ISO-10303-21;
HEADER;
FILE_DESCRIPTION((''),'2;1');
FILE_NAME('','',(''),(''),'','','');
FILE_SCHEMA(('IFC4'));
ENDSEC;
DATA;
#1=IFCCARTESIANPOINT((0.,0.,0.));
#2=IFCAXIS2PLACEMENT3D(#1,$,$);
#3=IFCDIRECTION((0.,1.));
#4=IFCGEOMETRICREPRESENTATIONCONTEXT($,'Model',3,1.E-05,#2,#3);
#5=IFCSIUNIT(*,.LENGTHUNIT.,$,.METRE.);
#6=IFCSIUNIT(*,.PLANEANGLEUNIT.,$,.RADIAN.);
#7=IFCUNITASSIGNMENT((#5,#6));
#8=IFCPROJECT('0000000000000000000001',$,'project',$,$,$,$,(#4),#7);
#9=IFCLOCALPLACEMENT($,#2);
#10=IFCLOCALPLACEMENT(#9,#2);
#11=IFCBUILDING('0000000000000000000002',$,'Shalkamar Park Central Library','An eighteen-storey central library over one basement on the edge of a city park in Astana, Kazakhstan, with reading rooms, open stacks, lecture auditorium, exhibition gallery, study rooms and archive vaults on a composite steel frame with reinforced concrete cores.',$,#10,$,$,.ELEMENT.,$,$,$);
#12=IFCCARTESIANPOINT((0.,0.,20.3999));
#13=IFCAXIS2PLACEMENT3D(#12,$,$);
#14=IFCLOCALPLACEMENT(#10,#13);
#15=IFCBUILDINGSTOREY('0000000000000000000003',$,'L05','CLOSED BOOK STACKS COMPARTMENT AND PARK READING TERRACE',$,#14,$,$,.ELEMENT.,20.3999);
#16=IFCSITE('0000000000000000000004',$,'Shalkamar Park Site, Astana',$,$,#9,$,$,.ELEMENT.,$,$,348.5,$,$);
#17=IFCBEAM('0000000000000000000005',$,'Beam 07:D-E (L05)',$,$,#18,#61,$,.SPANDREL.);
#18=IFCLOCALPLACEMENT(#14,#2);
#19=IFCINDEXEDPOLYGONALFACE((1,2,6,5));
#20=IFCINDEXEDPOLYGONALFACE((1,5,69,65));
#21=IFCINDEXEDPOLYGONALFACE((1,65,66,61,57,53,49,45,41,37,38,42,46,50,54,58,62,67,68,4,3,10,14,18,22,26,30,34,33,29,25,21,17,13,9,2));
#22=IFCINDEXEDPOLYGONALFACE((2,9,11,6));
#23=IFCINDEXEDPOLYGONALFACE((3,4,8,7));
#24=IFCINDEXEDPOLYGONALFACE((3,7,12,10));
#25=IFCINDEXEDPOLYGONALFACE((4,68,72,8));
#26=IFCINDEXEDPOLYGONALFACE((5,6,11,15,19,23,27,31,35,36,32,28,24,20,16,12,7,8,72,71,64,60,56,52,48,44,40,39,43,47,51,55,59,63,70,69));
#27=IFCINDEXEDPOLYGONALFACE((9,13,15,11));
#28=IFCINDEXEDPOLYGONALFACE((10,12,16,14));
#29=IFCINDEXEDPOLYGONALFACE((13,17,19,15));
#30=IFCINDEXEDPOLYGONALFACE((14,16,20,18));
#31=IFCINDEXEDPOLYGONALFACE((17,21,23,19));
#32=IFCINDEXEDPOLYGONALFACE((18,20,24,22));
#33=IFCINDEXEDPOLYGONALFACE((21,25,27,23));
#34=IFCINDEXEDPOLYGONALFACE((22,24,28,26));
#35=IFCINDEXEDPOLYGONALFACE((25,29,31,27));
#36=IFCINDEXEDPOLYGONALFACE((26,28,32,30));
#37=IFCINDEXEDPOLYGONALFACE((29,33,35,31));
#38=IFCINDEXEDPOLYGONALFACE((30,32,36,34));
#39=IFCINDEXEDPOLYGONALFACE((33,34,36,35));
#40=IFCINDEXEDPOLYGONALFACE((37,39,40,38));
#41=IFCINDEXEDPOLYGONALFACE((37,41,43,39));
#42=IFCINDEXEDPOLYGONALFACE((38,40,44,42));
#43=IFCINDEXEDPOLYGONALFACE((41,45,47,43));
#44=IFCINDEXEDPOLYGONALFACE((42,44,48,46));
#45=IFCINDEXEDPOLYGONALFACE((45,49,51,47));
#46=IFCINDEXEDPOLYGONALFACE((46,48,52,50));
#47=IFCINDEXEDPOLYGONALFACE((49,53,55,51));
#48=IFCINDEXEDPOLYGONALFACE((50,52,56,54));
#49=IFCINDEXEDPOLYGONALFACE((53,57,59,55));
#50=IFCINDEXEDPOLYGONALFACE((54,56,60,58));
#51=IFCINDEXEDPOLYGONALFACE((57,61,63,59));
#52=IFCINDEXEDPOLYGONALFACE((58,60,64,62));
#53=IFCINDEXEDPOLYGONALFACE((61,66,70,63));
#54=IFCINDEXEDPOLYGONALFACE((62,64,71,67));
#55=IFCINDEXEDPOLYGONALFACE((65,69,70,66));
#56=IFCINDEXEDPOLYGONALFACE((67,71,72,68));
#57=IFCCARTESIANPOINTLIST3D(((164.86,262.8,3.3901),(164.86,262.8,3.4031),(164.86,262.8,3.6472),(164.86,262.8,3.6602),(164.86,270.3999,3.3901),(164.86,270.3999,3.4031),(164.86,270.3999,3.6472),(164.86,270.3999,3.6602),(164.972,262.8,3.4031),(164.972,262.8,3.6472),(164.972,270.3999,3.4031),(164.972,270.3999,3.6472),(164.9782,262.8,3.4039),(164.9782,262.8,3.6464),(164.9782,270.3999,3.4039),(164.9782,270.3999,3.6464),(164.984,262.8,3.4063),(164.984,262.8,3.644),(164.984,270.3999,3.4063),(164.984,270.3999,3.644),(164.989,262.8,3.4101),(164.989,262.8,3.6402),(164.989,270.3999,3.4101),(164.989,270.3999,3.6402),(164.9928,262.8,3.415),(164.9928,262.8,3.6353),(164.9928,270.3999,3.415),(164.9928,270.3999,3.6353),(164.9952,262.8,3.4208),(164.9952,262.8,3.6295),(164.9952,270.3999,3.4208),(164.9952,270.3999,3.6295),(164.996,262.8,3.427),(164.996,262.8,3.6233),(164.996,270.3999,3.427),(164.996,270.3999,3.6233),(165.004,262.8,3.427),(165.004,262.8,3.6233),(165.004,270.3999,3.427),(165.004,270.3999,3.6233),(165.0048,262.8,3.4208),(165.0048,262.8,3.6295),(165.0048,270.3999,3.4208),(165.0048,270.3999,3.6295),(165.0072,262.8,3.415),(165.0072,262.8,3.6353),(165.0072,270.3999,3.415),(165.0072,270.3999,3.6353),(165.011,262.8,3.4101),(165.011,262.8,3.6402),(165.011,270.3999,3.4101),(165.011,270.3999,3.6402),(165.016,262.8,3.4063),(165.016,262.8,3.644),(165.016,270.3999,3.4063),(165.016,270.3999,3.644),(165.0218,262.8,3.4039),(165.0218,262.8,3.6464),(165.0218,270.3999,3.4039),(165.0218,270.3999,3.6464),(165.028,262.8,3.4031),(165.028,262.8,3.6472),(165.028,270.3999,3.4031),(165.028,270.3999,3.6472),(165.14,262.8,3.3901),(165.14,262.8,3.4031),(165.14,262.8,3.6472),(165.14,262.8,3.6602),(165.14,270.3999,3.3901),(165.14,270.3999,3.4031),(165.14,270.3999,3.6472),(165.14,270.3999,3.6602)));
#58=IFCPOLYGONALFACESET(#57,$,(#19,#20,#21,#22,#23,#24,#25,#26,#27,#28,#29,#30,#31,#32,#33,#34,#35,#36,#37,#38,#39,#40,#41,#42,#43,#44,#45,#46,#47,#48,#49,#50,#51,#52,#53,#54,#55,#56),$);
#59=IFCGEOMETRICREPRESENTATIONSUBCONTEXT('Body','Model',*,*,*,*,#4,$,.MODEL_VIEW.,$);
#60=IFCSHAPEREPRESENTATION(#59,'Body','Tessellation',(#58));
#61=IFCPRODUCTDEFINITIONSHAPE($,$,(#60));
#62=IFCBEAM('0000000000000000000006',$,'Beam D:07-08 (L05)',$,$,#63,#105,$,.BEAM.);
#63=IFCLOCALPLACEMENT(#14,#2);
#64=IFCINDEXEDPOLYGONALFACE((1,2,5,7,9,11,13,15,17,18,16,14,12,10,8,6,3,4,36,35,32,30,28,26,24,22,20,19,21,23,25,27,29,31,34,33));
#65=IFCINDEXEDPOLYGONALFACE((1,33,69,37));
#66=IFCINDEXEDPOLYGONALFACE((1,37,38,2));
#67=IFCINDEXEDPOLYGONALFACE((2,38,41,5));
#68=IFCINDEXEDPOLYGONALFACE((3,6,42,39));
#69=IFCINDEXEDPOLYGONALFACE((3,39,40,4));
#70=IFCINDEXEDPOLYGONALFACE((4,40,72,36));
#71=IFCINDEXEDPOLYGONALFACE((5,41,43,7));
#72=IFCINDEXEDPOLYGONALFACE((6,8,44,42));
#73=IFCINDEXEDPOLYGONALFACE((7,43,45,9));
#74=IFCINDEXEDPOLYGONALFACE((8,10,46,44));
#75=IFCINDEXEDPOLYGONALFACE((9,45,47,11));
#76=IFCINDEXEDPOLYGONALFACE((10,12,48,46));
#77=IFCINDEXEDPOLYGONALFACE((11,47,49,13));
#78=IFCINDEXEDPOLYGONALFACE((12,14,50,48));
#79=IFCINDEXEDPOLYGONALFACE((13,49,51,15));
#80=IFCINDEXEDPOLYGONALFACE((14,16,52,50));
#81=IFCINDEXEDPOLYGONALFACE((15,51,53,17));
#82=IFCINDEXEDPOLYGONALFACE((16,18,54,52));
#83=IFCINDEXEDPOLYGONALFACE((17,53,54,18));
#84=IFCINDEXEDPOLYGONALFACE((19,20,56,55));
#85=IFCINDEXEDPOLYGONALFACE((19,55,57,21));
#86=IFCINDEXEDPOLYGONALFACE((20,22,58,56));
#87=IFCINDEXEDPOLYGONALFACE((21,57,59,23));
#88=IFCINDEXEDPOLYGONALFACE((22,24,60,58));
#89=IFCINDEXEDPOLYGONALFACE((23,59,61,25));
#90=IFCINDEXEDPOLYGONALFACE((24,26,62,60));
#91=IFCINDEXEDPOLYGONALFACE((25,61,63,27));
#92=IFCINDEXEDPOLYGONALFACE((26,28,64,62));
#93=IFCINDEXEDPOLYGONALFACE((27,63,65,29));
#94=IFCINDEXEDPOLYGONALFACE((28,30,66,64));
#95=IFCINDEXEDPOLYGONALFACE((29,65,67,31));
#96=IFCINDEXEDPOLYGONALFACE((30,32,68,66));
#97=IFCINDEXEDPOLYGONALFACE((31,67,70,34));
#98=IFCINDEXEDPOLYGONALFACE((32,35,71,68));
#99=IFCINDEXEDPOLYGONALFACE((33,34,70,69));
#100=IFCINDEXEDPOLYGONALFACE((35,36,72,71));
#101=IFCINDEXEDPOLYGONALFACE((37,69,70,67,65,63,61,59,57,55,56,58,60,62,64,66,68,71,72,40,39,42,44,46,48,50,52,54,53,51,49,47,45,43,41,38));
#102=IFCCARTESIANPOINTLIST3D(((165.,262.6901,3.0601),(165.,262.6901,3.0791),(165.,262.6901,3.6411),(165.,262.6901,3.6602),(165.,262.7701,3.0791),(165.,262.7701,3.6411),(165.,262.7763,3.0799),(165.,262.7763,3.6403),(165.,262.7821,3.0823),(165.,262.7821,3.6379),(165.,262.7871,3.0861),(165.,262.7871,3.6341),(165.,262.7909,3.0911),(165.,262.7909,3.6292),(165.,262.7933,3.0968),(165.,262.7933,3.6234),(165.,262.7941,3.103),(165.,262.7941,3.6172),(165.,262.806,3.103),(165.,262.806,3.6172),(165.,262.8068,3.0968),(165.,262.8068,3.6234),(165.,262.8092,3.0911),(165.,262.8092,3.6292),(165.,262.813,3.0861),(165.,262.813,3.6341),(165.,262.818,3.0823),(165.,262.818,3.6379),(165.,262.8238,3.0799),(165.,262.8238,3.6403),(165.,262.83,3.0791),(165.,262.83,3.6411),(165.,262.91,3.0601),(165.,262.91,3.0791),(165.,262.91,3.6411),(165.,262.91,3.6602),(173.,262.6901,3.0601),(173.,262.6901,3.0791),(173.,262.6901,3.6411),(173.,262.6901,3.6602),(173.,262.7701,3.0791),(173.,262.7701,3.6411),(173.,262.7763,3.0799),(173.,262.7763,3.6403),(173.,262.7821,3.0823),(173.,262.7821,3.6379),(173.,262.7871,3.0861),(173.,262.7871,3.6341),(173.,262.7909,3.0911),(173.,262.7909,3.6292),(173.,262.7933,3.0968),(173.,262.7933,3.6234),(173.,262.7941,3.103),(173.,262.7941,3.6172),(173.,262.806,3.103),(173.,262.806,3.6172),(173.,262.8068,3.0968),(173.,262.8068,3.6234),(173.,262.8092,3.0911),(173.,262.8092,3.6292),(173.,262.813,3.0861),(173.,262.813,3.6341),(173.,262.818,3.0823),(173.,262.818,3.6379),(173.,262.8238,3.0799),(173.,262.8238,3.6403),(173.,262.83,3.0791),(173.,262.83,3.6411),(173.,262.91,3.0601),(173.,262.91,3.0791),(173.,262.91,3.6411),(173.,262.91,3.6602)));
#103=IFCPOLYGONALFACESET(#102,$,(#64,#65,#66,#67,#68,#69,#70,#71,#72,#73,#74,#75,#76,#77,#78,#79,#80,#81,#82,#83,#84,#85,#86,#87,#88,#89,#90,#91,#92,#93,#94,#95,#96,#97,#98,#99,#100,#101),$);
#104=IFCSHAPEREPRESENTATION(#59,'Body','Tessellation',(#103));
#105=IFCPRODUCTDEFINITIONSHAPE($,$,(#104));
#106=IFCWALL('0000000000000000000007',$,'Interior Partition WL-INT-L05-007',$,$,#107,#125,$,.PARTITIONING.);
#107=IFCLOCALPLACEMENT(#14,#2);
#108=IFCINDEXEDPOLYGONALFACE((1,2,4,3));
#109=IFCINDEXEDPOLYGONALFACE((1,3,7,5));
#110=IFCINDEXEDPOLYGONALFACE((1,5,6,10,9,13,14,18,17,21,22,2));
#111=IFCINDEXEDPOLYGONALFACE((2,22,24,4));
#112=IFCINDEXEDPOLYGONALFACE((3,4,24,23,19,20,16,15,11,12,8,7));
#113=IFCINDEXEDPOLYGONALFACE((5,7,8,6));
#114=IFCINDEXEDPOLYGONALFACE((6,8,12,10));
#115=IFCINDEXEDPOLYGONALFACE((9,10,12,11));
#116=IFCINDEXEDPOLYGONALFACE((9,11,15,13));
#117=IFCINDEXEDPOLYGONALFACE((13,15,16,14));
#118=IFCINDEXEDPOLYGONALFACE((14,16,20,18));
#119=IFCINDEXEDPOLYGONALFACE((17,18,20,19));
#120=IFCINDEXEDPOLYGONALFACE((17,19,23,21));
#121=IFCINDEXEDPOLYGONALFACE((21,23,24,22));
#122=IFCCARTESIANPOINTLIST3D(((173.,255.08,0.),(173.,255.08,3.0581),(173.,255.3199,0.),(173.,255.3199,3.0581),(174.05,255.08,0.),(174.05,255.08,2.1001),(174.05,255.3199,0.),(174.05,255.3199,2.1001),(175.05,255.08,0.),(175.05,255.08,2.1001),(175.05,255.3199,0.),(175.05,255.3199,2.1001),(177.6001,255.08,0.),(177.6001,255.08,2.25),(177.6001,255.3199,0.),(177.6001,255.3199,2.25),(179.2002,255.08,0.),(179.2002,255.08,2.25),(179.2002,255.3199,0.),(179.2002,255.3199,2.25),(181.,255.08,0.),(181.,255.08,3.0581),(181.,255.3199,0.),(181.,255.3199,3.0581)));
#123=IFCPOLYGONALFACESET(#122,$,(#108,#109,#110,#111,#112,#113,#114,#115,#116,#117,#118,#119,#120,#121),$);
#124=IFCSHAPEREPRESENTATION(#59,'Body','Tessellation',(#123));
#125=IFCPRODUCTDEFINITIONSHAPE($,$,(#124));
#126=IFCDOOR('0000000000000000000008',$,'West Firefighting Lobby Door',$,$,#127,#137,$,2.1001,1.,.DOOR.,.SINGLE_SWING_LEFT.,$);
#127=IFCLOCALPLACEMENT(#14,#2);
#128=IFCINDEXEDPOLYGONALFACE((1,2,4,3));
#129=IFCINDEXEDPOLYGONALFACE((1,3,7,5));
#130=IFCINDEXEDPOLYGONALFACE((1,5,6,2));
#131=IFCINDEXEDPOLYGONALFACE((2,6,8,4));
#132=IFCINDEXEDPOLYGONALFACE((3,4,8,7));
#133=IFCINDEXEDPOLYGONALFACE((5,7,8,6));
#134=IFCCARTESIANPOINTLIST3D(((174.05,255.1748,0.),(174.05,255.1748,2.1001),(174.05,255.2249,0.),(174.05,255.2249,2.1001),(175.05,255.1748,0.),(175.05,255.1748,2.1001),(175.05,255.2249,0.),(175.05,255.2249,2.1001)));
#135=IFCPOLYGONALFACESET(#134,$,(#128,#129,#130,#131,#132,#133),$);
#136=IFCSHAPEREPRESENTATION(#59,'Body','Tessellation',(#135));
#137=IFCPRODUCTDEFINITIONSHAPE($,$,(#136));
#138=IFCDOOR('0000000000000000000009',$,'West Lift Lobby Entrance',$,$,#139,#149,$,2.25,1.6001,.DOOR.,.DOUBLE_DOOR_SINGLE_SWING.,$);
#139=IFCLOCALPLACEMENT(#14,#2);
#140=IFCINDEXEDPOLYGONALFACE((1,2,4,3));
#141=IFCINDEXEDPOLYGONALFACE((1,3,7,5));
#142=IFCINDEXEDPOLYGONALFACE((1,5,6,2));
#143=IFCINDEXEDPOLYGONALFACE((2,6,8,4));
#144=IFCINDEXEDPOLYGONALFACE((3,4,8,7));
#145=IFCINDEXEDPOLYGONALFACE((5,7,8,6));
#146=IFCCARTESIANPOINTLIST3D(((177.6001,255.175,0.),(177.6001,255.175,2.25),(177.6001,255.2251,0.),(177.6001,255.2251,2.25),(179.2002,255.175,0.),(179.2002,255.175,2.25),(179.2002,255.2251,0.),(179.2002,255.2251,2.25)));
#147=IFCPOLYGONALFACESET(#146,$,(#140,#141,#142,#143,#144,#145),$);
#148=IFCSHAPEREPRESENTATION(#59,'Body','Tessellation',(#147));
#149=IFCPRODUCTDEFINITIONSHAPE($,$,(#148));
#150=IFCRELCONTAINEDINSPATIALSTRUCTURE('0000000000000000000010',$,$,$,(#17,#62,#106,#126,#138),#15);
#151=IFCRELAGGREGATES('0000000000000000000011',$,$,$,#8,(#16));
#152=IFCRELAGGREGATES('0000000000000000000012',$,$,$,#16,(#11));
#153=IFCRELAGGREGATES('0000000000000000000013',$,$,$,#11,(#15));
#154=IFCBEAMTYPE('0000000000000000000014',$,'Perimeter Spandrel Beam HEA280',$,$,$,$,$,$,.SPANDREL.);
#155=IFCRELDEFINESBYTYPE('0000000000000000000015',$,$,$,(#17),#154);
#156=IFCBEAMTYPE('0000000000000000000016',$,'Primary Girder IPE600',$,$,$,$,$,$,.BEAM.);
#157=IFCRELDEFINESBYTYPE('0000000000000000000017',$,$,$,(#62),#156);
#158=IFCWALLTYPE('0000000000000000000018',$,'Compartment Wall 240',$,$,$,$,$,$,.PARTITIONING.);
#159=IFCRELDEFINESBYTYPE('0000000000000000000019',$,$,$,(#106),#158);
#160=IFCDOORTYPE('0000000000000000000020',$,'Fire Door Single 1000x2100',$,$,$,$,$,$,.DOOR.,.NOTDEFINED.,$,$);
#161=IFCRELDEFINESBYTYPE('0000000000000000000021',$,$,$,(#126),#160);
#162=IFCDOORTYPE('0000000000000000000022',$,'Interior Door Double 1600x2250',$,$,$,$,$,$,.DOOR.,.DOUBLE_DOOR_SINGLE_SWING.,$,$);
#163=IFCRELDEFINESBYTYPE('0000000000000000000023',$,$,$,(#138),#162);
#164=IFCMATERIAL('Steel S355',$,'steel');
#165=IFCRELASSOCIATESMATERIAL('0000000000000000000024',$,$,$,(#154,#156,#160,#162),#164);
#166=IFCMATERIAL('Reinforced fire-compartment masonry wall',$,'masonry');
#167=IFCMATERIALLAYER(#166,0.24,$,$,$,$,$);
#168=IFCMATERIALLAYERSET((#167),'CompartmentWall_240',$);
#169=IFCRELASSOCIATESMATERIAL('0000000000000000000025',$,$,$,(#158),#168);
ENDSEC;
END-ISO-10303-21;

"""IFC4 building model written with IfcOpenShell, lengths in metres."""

from ifc_helpers import new_model, si_unit, direction, frame, frame_2d, origin, origin_2d, place, context, subcontext, project, spatial, rectangle, i_section, extrude, material, layer, layer_set, material_profile, profile_set, type_object, element, fill, save


model = new_model("IFC4")

# Units and contexts
model_context = context("Model", 3, precision=1e-05, world=origin(), true_north=direction((0.0, 1.0)))
body_context = subcontext(model_context, "Body", "Model", "MODEL_VIEW")
ifc_project = project(units=[si_unit("LENGTHUNIT", "METRE"), si_unit("PLANEANGLEUNIT", "RADIAN")], contexts=[model_context])

# Site, building, storey
site_placement = place(None, origin())
site = spatial("IfcSite", under=ifc_project, at=site_placement, Name="Shalkamar Park Site, Astana", CompositionType="ELEMENT", RefElevation=348.5)
building_placement = place(site_placement, origin())
building = spatial("IfcBuilding", under=site, at=building_placement, Name="Shalkamar Park Central Library", Description="An eighteen-storey central library over one basement on the edge of a city park in Astana, Kazakhstan, with reading rooms, open stacks, lecture auditorium, exhibition gallery, study rooms and archive vaults on a composite steel frame with reinforced concrete cores.", CompositionType="ELEMENT")
storey_placement = place(building_placement, frame((0.0, 0.0, 20.3999)))
storey = spatial("IfcBuildingStorey", under=building, at=storey_placement, Name="L05", Description="CLOSED BOOK STACKS COMPARTMENT AND PARK READING TERRACE", CompositionType="ELEMENT", Elevation=20.3999)

# Shared definitions
ifc_material_1 = material(Name="Steel S355", Category="steel")

# Beams
ifc_material_profile_1 = material_profile(ifc_material_1, i_section(OverallWidth=0.28, OverallDepth=0.27, WebThickness=0.0081, FlangeThickness=0.0129, FilletRadius=0.0239, at=origin_2d()), Name="HEA 280")
ifc_profile_set_1 = profile_set([ifc_material_profile_1], Name="Steel S355")
beam_type_1 = type_object("IfcBeamType", Name="Perimeter Spandrel Beam HEA280", PredefinedType="SPANDREL", material=ifc_profile_set_1)
beam_1_placement = place(storey_placement, frame((165.0, 262.8, 3.5251), z_axis=(0.0, 1.0, 0.0), x_axis=(-1.0, 0.0, 0.0)))
element("IfcBeam", 1, at=beam_1_placement, inside=storey, type_object=beam_type_1, Name="Beam 07:D-E (L05)", PredefinedType="SPANDREL", context=body_context, shape_type="SweptSolid", body=[
    extrude(i_section(OverallWidth=0.28, OverallDepth=0.27, WebThickness=0.0081, FlangeThickness=0.0129, FilletRadius=0.0239, at=origin_2d()), origin(), (0.0, 0.0, 1.0), 7.5999),
])
ifc_material_profile_2 = material_profile(ifc_material_1, i_section(OverallWidth=0.22, OverallDepth=0.6001, WebThickness=0.012, FlangeThickness=0.019, FilletRadius=0.0239, at=origin_2d()), Name="IPE 600")
ifc_profile_set_2 = profile_set([ifc_material_profile_2], Name="Steel S355")
beam_type_2 = type_object("IfcBeamType", Name="Primary Girder IPE600", PredefinedType="BEAM", material=ifc_profile_set_2)
beam_2_placement = place(storey_placement, frame((165.0, 262.8, 3.3601), z_axis=(1.0, 0.0, 0.0), x_axis=(0.0, 1.0, 0.0)))
element("IfcBeam", 2, at=beam_2_placement, inside=storey, type_object=beam_type_2, Name="Beam D:07-08 (L05)", PredefinedType="BEAM", context=body_context, shape_type="SweptSolid", body=[
    extrude(i_section(OverallWidth=0.22, OverallDepth=0.6001, WebThickness=0.012, FlangeThickness=0.019, FilletRadius=0.0239, at=origin_2d()), origin(), (0.0, 0.0, 1.0), 8.0),
])

# Wall, openings, doors
ifc_material_2 = material(Name="Reinforced fire-compartment masonry wall", Category="masonry")
ifc_layer_1 = layer(ifc_material_2, 0.24)
ifc_layer_set_1 = layer_set([ifc_layer_1], Name="CompartmentWall_240")
wall_type_1 = type_object("IfcWallType", Name="Compartment Wall 240", PredefinedType="PARTITIONING", material=ifc_layer_set_1)
wall_1_placement = place(storey_placement, frame((173.0, 255.2, 0.0), z_axis=(0.0, 0.0, 1.0), x_axis=(1.0, 0.0, 0.0)))
wall_1 = element("IfcWall", 3, at=wall_1_placement, inside=storey, type_object=wall_type_1, Name="Interior Partition WL-INT-L05-007", PredefinedType="PARTITIONING", context=body_context, shape_type="SweptSolid", body=[
    extrude(rectangle(XDim=8.0, YDim=0.24, at=frame_2d((4.0, 0.0))), origin(), (0.0, 0.0, 1.0), 3.0581),
])
opening_1_placement = place(wall_1_placement, frame((1.05, 0.0, 0.0)))
opening_1 = element("IfcOpeningElement", 4, at=opening_1_placement, cuts=wall_1, PredefinedType="OPENING", context=body_context, shape_type="SweptSolid", body=[
    extrude(rectangle(XDim=1.0, YDim=2.1001, at=frame_2d((0.5, 1.05))), frame((0.0, 0.1348, 0.0), z_axis=(0.0, -1.0, 0.0), x_axis=(1.0, 0.0, 0.0)), (0.0, 0.0, 1.0), 0.2698),
])
opening_2_placement = place(wall_1_placement, frame((4.6001, 0.0, 0.0)))
opening_2 = element("IfcOpeningElement", 5, at=opening_2_placement, cuts=wall_1, PredefinedType="OPENING", context=body_context, shape_type="SweptSolid", body=[
    extrude(rectangle(XDim=1.6001, YDim=2.25, at=frame_2d((0.8, 1.125))), frame((0.0, 0.1348, 0.0), z_axis=(0.0, -1.0, 0.0), x_axis=(1.0, 0.0, 0.0)), (0.0, 0.0, 1.0), 0.2698),
])
door_type_1 = type_object("IfcDoorType", Name="Fire Door Single 1000x2100", OperationType="NOTDEFINED", PredefinedType="DOOR", material=ifc_material_1)
door_1_placement = place(opening_1_placement, origin())
door_1 = element("IfcDoor", 6, at=door_1_placement, inside=storey, type_object=door_type_1, Name="West Firefighting Lobby Door", OperationType="SINGLE_SWING_LEFT", OverallHeight=2.1001, OverallWidth=1.0, PredefinedType="DOOR", context=body_context, shape_type="SweptSolid", body=[
    extrude(rectangle(XDim=1.0, YDim=2.1001, at=frame_2d((0.5, 1.05))), frame((0.0, 0.0249, 0.0), z_axis=(0.0, -1.0, 0.0), x_axis=(1.0, 0.0, 0.0)), (0.0, 0.0, 1.0), 0.05),
])
fill(opening_1, door_1)
door_type_2 = type_object("IfcDoorType", Name="Interior Door Double 1600x2250", OperationType="DOUBLE_DOOR_SINGLE_SWING", PredefinedType="DOOR", material=ifc_material_1)
door_2_placement = place(opening_2_placement, frame((1.6001, 0.0, 0.0), z_axis=(0.0, 0.0, 1.0), x_axis=(-1.0, 0.0, 0.0)))
door_2 = element("IfcDoor", 7, at=door_2_placement, inside=storey, type_object=door_type_2, Name="West Lift Lobby Entrance", OperationType="DOUBLE_DOOR_SINGLE_SWING", OverallHeight=2.25, OverallWidth=1.6001, PredefinedType="DOOR", context=body_context, shape_type="SweptSolid", body=[
    extrude(rectangle(XDim=1.6001, YDim=2.25, at=frame_2d((0.8, 1.125))), frame((0.0, 0.0249, 0.0), z_axis=(0.0, -1.0, 0.0), x_axis=(1.0, 0.0, 0.0)), (0.0, 0.0, 1.0), 0.05),
])
fill(opening_2, door_2)

save(model, "model.ifc")
